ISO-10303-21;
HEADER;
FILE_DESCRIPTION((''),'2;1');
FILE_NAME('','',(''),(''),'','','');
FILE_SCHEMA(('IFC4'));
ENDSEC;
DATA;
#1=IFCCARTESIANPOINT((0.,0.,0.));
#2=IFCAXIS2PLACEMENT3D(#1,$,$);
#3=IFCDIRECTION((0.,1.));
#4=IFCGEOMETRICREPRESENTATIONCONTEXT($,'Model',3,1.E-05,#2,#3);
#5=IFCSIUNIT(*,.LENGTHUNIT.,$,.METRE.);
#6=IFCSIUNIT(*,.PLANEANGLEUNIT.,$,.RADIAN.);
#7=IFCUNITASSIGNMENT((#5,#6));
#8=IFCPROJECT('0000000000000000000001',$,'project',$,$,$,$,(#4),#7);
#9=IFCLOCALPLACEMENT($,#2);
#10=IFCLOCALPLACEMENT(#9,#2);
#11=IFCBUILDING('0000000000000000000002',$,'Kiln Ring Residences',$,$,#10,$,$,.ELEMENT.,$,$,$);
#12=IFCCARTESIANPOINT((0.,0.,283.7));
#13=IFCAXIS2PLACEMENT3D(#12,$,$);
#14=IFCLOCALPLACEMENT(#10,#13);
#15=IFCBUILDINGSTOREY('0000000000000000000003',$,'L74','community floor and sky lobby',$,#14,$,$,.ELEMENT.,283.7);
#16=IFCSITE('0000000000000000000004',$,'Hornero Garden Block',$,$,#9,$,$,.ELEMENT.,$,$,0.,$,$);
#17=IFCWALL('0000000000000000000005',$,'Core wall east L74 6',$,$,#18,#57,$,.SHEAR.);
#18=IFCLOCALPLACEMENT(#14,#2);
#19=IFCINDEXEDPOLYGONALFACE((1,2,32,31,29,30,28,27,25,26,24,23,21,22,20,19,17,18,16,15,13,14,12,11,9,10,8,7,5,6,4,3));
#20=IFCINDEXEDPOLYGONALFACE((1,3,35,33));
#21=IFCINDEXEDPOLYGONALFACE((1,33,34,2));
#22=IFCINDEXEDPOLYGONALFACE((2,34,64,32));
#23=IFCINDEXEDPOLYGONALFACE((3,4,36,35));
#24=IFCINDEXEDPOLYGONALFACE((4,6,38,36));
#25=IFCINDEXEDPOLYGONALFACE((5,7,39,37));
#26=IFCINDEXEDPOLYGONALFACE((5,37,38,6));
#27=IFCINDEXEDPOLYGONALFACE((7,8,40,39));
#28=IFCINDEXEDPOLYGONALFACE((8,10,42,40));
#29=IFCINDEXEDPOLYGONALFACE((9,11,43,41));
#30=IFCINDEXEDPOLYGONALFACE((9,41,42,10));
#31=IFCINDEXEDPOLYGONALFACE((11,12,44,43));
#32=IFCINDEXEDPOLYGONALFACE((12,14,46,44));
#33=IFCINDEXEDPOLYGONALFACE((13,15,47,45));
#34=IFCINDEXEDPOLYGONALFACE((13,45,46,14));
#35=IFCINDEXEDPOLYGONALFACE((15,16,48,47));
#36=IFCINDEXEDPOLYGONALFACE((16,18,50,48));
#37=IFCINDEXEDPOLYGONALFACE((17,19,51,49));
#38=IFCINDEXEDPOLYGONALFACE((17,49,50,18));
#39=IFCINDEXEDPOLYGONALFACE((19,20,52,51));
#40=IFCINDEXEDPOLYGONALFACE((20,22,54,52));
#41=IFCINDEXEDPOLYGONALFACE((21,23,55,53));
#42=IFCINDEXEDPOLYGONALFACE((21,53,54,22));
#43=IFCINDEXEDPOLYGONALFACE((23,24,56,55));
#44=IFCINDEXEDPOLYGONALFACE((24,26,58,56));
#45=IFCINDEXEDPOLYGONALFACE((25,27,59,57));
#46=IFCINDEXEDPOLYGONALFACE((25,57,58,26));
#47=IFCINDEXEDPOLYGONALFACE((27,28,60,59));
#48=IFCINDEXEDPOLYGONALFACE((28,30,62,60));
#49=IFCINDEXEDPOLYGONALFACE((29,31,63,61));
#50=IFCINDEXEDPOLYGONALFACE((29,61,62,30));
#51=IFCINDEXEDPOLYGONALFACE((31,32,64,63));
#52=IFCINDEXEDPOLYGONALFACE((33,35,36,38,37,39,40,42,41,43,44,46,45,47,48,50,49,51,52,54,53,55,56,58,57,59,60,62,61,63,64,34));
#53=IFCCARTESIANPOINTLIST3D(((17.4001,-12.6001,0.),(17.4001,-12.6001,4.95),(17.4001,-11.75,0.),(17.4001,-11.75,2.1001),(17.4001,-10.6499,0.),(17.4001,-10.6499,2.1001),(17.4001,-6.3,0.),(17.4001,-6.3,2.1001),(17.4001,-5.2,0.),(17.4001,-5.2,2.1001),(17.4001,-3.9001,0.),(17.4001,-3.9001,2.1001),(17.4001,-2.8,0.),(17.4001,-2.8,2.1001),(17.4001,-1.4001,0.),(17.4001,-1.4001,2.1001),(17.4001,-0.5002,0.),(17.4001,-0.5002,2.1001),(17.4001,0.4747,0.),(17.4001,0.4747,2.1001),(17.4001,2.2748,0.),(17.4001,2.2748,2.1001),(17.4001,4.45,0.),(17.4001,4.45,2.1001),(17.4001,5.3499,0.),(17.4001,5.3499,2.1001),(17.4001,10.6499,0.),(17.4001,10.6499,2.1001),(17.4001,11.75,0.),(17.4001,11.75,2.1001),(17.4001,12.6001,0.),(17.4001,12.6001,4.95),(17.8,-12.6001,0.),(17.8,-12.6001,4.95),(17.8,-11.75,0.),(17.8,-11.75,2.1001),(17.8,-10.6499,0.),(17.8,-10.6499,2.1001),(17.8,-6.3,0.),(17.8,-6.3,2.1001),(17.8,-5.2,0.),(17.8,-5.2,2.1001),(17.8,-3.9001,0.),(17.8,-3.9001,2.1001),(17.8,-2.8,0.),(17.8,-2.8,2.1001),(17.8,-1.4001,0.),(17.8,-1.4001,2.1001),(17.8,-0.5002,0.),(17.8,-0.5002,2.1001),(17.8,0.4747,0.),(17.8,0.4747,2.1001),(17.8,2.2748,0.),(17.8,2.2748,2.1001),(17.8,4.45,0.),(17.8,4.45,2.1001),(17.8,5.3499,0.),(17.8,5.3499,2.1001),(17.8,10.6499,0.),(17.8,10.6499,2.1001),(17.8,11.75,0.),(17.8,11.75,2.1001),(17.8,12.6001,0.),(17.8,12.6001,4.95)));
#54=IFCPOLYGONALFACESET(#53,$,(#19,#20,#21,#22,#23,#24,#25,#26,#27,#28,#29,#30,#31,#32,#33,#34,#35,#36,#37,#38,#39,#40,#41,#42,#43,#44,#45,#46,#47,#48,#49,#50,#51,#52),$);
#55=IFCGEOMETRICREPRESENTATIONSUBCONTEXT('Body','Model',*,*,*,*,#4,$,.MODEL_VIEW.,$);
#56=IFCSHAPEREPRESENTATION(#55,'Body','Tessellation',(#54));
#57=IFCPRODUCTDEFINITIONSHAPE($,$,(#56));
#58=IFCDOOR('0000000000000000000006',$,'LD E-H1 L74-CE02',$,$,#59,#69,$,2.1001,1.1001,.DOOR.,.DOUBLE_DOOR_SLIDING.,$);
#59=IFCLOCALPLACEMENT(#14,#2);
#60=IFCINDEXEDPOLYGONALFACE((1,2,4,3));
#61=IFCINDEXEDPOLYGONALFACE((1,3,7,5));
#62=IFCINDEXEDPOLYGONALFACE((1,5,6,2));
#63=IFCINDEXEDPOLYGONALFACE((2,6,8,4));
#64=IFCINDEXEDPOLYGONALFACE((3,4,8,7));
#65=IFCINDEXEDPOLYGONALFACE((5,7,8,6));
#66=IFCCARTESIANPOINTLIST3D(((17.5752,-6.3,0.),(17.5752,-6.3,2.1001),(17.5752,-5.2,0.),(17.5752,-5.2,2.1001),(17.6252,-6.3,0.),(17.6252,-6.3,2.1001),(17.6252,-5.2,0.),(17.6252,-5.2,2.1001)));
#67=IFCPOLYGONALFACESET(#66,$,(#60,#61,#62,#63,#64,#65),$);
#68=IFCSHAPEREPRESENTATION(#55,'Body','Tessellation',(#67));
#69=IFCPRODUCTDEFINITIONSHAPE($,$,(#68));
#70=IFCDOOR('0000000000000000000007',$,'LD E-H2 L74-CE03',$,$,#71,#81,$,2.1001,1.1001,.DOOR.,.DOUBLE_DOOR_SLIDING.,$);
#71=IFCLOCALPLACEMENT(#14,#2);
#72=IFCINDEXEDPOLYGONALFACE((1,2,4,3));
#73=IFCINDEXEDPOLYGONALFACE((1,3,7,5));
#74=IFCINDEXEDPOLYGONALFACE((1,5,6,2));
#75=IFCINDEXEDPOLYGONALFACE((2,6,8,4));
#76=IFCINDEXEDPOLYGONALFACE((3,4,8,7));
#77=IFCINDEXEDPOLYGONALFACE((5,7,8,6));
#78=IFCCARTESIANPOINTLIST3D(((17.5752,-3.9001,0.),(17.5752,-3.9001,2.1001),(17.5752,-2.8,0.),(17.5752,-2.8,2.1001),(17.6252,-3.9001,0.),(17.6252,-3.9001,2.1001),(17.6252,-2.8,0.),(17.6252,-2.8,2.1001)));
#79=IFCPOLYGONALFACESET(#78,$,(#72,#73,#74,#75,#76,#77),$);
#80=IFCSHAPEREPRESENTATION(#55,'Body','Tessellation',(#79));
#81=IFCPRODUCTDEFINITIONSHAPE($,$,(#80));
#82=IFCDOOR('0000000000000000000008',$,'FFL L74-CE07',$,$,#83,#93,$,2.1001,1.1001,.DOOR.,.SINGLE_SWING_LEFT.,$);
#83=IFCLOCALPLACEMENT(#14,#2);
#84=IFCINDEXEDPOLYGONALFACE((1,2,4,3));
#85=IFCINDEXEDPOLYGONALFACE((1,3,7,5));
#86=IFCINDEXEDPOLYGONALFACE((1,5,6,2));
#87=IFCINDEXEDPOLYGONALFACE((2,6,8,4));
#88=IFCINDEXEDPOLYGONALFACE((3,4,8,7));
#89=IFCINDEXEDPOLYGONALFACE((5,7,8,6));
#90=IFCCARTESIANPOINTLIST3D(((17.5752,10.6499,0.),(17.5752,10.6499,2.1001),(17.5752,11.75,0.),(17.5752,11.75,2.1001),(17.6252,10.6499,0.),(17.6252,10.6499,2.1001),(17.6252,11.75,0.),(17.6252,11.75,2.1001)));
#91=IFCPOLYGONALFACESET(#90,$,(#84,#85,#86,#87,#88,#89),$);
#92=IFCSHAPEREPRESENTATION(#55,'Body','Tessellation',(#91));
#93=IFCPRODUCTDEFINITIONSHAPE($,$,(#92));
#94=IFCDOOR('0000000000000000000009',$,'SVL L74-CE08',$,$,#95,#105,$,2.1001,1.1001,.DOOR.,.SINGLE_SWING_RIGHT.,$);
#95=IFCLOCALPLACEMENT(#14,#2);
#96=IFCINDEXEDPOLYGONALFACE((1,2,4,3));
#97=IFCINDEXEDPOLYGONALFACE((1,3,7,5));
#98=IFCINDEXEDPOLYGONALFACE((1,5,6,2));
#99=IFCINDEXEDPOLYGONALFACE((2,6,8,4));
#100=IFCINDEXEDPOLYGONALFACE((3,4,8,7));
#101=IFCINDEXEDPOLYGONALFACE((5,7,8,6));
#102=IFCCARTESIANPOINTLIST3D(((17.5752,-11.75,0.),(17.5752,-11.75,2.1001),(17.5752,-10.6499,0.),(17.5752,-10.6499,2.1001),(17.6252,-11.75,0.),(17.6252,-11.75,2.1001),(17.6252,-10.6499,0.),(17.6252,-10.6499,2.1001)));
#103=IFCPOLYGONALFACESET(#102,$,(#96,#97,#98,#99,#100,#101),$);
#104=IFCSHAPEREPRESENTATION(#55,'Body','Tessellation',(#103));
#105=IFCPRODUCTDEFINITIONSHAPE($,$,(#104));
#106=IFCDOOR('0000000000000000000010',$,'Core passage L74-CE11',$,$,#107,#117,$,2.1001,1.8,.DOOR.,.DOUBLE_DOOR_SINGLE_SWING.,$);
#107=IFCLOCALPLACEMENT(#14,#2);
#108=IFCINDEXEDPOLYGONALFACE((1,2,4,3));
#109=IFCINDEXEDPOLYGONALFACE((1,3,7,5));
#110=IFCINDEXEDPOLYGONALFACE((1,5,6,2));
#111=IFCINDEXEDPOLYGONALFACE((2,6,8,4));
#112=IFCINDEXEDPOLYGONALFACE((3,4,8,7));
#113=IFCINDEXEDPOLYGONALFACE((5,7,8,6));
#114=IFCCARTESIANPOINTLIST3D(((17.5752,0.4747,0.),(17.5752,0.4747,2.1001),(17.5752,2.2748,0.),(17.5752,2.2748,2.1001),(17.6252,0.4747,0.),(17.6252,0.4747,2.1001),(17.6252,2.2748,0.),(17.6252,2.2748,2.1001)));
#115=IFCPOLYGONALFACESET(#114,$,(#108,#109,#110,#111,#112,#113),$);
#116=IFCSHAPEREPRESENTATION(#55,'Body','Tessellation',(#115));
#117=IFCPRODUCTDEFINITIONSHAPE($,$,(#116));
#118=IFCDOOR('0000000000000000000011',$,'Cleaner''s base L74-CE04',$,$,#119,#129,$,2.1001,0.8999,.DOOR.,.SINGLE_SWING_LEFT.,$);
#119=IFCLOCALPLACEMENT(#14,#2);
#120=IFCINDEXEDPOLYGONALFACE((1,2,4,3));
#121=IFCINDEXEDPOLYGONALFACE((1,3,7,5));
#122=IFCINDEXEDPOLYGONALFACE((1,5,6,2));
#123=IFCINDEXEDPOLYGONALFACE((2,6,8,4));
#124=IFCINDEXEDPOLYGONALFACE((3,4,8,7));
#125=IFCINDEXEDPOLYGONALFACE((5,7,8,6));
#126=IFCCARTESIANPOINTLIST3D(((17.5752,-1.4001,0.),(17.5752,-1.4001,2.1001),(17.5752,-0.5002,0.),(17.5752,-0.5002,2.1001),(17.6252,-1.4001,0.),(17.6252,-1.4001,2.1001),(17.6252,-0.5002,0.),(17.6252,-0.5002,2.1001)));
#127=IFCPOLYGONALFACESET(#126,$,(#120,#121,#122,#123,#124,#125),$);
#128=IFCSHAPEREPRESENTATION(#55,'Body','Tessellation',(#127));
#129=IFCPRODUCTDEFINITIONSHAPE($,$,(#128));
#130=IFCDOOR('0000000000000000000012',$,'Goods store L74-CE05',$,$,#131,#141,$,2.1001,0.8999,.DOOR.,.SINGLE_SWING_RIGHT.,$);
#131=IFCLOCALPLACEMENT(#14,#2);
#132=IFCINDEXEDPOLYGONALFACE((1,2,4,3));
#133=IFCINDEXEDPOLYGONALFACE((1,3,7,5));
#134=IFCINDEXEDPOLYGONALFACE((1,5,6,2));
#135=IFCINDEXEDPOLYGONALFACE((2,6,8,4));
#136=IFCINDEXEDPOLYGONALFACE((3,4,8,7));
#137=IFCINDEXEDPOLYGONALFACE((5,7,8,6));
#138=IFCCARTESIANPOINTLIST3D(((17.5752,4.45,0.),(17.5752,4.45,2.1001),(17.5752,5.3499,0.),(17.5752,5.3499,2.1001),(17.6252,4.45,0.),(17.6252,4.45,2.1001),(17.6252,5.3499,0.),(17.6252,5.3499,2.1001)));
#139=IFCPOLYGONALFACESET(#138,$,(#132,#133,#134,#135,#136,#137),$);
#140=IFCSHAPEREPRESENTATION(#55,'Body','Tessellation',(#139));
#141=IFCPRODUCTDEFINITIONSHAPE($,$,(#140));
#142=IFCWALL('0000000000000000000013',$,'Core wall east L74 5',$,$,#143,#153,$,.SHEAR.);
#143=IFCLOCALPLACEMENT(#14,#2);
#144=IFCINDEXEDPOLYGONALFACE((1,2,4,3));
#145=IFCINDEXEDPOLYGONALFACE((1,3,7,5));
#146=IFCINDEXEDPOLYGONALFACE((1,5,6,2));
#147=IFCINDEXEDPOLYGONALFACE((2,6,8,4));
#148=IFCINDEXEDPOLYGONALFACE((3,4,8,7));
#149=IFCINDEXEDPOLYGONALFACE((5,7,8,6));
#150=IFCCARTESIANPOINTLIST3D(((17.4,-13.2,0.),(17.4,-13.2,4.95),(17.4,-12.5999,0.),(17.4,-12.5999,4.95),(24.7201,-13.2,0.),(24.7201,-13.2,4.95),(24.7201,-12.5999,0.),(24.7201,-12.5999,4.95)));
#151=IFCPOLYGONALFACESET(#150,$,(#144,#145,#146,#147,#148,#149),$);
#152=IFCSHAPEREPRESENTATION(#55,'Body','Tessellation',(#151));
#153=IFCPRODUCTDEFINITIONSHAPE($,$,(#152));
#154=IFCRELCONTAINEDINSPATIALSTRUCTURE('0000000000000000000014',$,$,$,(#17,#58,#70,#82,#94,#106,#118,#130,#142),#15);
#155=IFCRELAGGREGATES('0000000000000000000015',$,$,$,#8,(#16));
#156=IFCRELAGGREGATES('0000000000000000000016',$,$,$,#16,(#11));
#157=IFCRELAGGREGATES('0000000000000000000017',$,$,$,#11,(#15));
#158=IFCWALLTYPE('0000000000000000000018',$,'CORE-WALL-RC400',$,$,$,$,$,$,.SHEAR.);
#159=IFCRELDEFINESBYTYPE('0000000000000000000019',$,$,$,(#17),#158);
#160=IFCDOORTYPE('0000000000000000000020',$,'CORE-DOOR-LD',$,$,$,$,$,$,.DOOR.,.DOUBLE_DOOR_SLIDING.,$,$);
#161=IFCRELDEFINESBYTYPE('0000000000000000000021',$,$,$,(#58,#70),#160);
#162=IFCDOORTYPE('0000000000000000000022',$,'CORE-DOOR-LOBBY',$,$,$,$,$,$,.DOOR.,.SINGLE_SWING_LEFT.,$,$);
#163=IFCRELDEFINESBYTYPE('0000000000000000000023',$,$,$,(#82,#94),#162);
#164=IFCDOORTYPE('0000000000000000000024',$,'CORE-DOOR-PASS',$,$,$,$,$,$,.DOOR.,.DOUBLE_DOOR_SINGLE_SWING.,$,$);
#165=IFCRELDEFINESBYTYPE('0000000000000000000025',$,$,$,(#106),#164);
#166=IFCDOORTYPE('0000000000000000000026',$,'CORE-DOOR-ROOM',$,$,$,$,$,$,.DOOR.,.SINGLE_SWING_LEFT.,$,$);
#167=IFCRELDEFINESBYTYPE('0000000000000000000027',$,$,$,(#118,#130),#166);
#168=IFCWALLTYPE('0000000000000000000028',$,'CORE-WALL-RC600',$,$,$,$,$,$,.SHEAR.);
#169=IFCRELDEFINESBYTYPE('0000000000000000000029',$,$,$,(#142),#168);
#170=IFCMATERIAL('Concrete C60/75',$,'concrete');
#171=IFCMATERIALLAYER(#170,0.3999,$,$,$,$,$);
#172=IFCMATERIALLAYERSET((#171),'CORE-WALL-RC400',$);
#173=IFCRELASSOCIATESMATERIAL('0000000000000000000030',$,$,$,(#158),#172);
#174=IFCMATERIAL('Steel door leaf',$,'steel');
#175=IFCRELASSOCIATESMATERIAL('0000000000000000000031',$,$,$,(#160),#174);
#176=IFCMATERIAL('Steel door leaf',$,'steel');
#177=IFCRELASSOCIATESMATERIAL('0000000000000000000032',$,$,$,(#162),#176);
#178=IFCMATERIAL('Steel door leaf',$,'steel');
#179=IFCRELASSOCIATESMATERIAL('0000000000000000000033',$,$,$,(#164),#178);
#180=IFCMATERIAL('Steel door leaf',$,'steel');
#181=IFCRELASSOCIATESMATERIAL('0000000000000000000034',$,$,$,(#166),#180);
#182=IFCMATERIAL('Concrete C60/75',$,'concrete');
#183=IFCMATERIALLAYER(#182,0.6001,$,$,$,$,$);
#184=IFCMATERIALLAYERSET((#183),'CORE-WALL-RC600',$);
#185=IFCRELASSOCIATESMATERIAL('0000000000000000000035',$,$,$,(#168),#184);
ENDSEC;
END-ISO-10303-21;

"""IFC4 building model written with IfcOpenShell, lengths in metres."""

from ifc_helpers import new_model, si_unit, direction, frame, frame_2d, origin, place, context, subcontext, project, spatial, rectangle, extrude, material, layer, layer_set, type_object, element, fill, save


model = new_model("IFC4")

# Units and contexts
model_context = context("Model", 3, precision=1e-05, world=origin(), true_north=direction((0.0, 1.0)))
body_context = subcontext(model_context, "Body", "Model", "MODEL_VIEW")
ifc_project = project(units=[si_unit("LENGTHUNIT", "METRE"), si_unit("PLANEANGLEUNIT", "RADIAN")], contexts=[model_context])

# Site, building, storey
site_placement = place(None, origin())
site = spatial("IfcSite", under=ifc_project, at=site_placement, Name="Hornero Garden Block", CompositionType="ELEMENT", RefElevation=0.0)
building_placement = place(site_placement, origin())
building = spatial("IfcBuilding", under=site, at=building_placement, Name="Kiln Ring Residences", CompositionType="ELEMENT")
storey_placement = place(building_placement, frame((0.0, 0.0, 283.7)))
storey = spatial("IfcBuildingStorey", under=building, at=storey_placement, Name="L74", Description="community floor and sky lobby", CompositionType="ELEMENT", Elevation=283.7)

# Wall, openings, doors
ifc_material_1 = material(Name="Concrete C60/75", Category="concrete")
ifc_layer_1 = layer(ifc_material_1, 0.3999)
ifc_layer_set_1 = layer_set([ifc_layer_1], Name="CORE-WALL-RC400")
wall_type_1 = type_object("IfcWallType", Name="CORE-WALL-RC400", PredefinedType="SHEAR", material=ifc_layer_set_1)
wall_1_placement = place(storey_placement, frame((17.6001, -12.6001, 0.0), z_axis=(0.0, 0.0, 1.0), x_axis=(0.0, 1.0, 0.0)))
wall_1 = element("IfcWall", 1, at=wall_1_placement, inside=storey, type_object=wall_type_1, Name="Core wall east L74 6", PredefinedType="SHEAR", context=body_context, shape_type="SweptSolid", body=[
    extrude(rectangle(XDim=25.2002, YDim=0.3999, at=frame_2d((12.6001, 0.0))), origin(), (0.0, 0.0, 1.0), 4.95),
])
opening_1_placement = place(wall_1_placement, frame((6.3, 0.0, 0.0)))
opening_1 = element("IfcOpeningElement", 2, at=opening_1_placement, cuts=wall_1, PredefinedType="OPENING", context=body_context, shape_type="SweptSolid", body=[
    extrude(rectangle(XDim=1.1001, YDim=2.1001, at=frame_2d((0.55, 1.05))), frame((0.0, 0.21, 0.0), z_axis=(0.0, -1.0, 0.0), x_axis=(1.0, 0.0, 0.0)), (0.0, 0.0, 1.0), 0.4199),
])
opening_2_placement = place(wall_1_placement, frame((8.7, 0.0, 0.0)))
opening_2 = element("IfcOpeningElement", 3, at=opening_2_placement, cuts=wall_1, PredefinedType="OPENING", context=body_context, shape_type="SweptSolid", body=[
    extrude(rectangle(XDim=1.1001, YDim=2.1001, at=frame_2d((0.55, 1.05))), frame((0.0, 0.21, 0.0), z_axis=(0.0, -1.0, 0.0), x_axis=(1.0, 0.0, 0.0)), (0.0, 0.0, 1.0), 0.4199),
])
opening_3_placement = place(wall_1_placement, frame((11.2, 0.0, 0.0)))
opening_3 = element("IfcOpeningElement", 4, at=opening_3_placement, cuts=wall_1, PredefinedType="OPENING", context=body_context, shape_type="SweptSolid", body=[
    extrude(rectangle(XDim=0.8999, YDim=2.1001, at=frame_2d((0.45, 1.05))), frame((0.0, 0.21, 0.0), z_axis=(0.0, -1.0, 0.0), x_axis=(1.0, 0.0, 0.0)), (0.0, 0.0, 1.0), 0.4199),
])
opening_4_placement = place(wall_1_placement, frame((17.05, 0.0, 0.0)))
opening_4 = element("IfcOpeningElement", 5, at=opening_4_placement, cuts=wall_1, PredefinedType="OPENING", context=body_context, shape_type="SweptSolid", body=[
    extrude(rectangle(XDim=0.8999, YDim=2.1001, at=frame_2d((0.45, 1.05))), frame((0.0, 0.21, 0.0), z_axis=(0.0, -1.0, 0.0), x_axis=(1.0, 0.0, 0.0)), (0.0, 0.0, 1.0), 0.4199),
])
opening_5_placement = place(wall_1_placement, frame((23.25, 0.0, 0.0)))
opening_5 = element("IfcOpeningElement", 6, at=opening_5_placement, cuts=wall_1, PredefinedType="OPENING", context=body_context, shape_type="SweptSolid", body=[
    extrude(rectangle(XDim=1.1001, YDim=2.1001, at=frame_2d((0.55, 1.05))), frame((0.0, 0.21, 0.0), z_axis=(0.0, -1.0, 0.0), x_axis=(1.0, 0.0, 0.0)), (0.0, 0.0, 1.0), 0.4199),
])
opening_6_placement = place(wall_1_placement, frame((0.8501, 0.0, 0.0)))
opening_6 = element("IfcOpeningElement", 7, at=opening_6_placement, cuts=wall_1, PredefinedType="OPENING", context=body_context, shape_type="SweptSolid", body=[
    extrude(rectangle(XDim=1.1001, YDim=2.1001, at=frame_2d((0.55, 1.05))), frame((0.0, 0.21, 0.0), z_axis=(0.0, -1.0, 0.0), x_axis=(1.0, 0.0, 0.0)), (0.0, 0.0, 1.0), 0.4199),
])
opening_7_placement = place(wall_1_placement, frame((13.075, 0.0, 0.0)))
opening_7 = element("IfcOpeningElement", 8, at=opening_7_placement, cuts=wall_1, PredefinedType="OPENING", context=body_context, shape_type="SweptSolid", body=[
    extrude(rectangle(XDim=1.8, YDim=2.1001, at=frame_2d((0.8999, 1.05))), frame((0.0, 0.21, 0.0), z_axis=(0.0, -1.0, 0.0), x_axis=(1.0, 0.0, 0.0)), (0.0, 0.0, 1.0), 0.4199),
])
ifc_material_2 = material(Name="Steel door leaf", Category="steel")
door_type_1 = type_object("IfcDoorType", Name="CORE-DOOR-LD", OperationType="DOUBLE_DOOR_SLIDING", PredefinedType="DOOR", material=ifc_material_2)
door_1_placement = place(opening_1_placement, origin())
door_1 = element("IfcDoor", 9, at=door_1_placement, inside=storey, type_object=door_type_1, Name="LD E-H1 L74-CE02", OperationType="DOUBLE_DOOR_SLIDING", OverallHeight=2.1001, OverallWidth=1.1001, PredefinedType="DOOR", context=body_context, shape_type="SweptSolid", body=[
    extrude(rectangle(XDim=1.1001, YDim=2.1001, at=frame_2d((0.55, 1.05))), frame((0.0, 0.0249, 0.0), z_axis=(0.0, -1.0, 0.0), x_axis=(1.0, 0.0, 0.0)), (0.0, 0.0, 1.0), 0.05),
])
fill(opening_1, door_1)
door_2_placement = place(opening_2_placement, origin())
door_2 = element("IfcDoor", 10, at=door_2_placement, inside=storey, type_object=door_type_1, Name="LD E-H2 L74-CE03", OperationType="DOUBLE_DOOR_SLIDING", OverallHeight=2.1001, OverallWidth=1.1001, PredefinedType="DOOR", context=body_context, shape_type="SweptSolid", body=[
    extrude(rectangle(XDim=1.1001, YDim=2.1001, at=frame_2d((0.55, 1.05))), frame((0.0, 0.0249, 0.0), z_axis=(0.0, -1.0, 0.0), x_axis=(1.0, 0.0, 0.0)), (0.0, 0.0, 1.0), 0.05),
])
fill(opening_2, door_2)
ifc_material_3 = material(Name="Steel door leaf", Category="steel")
door_type_2 = type_object("IfcDoorType", Name="CORE-DOOR-LOBBY", OperationType="SINGLE_SWING_LEFT", PredefinedType="DOOR", material=ifc_material_3)
door_3_placement = place(opening_5_placement, origin())
door_3 = element("IfcDoor", 11, at=door_3_placement, inside=storey, type_object=door_type_2, Name="FFL L74-CE07", OperationType="SINGLE_SWING_LEFT", OverallHeight=2.1001, OverallWidth=1.1001, PredefinedType="DOOR", context=body_context, shape_type="SweptSolid", body=[
    extrude(rectangle(XDim=1.1001, YDim=2.1001, at=frame_2d((0.55, 1.05))), frame((0.0, 0.0249, 0.0), z_axis=(0.0, -1.0, 0.0), x_axis=(1.0, 0.0, 0.0)), (0.0, 0.0, 1.0), 0.05),
])
fill(opening_5, door_3)
door_4_placement = place(opening_6_placement, origin())
door_4 = element("IfcDoor", 12, at=door_4_placement, inside=storey, type_object=door_type_2, Name="SVL L74-CE08", OperationType="SINGLE_SWING_RIGHT", OverallHeight=2.1001, OverallWidth=1.1001, PredefinedType="DOOR", context=body_context, shape_type="SweptSolid", body=[
    extrude(rectangle(XDim=1.1001, YDim=2.1001, at=frame_2d((0.55, 1.05))), frame((0.0, 0.0249, 0.0), z_axis=(0.0, -1.0, 0.0), x_axis=(1.0, 0.0, 0.0)), (0.0, 0.0, 1.0), 0.05),
])
fill(opening_6, door_4)
ifc_material_4 = material(Name="Steel door leaf", Category="steel")
door_type_3 = type_object("IfcDoorType", Name="CORE-DOOR-PASS", OperationType="DOUBLE_DOOR_SINGLE_SWING", PredefinedType="DOOR", material=ifc_material_4)
door_5_placement = place(opening_7_placement, origin())
door_5 = element("IfcDoor", 13, at=door_5_placement, inside=storey, type_object=door_type_3, Name="Core passage L74-CE11", OperationType="DOUBLE_DOOR_SINGLE_SWING", OverallHeight=2.1001, OverallWidth=1.8, PredefinedType="DOOR", context=body_context, shape_type="SweptSolid", body=[
    extrude(rectangle(XDim=1.8, YDim=2.1001, at=frame_2d((0.8999, 1.05))), frame((0.0, 0.0249, 0.0), z_axis=(0.0, -1.0, 0.0), x_axis=(1.0, 0.0, 0.0)), (0.0, 0.0, 1.0), 0.05),
])
fill(opening_7, door_5)
ifc_material_5 = material(Name="Steel door leaf", Category="steel")
door_type_4 = type_object("IfcDoorType", Name="CORE-DOOR-ROOM", OperationType="SINGLE_SWING_LEFT", PredefinedType="DOOR", material=ifc_material_5)
door_6_placement = place(opening_3_placement, origin())
door_6 = element("IfcDoor", 14, at=door_6_placement, inside=storey, type_object=door_type_4, Name="Cleaner's base L74-CE04", OperationType="SINGLE_SWING_LEFT", OverallHeight=2.1001, OverallWidth=0.8999, PredefinedType="DOOR", context=body_context, shape_type="SweptSolid", body=[
    extrude(rectangle(XDim=0.8999, YDim=2.1001, at=frame_2d((0.45, 1.05))), frame((0.0, 0.0249, 0.0), z_axis=(0.0, -1.0, 0.0), x_axis=(1.0, 0.0, 0.0)), (0.0, 0.0, 1.0), 0.05),
])
fill(opening_3, door_6)
door_7_placement = place(opening_4_placement, origin())
door_7 = element("IfcDoor", 15, at=door_7_placement, inside=storey, type_object=door_type_4, Name="Goods store L74-CE05", OperationType="SINGLE_SWING_RIGHT", OverallHeight=2.1001, OverallWidth=0.8999, PredefinedType="DOOR", context=body_context, shape_type="SweptSolid", body=[
    extrude(rectangle(XDim=0.8999, YDim=2.1001, at=frame_2d((0.45, 1.05))), frame((0.0, 0.0249, 0.0), z_axis=(0.0, -1.0, 0.0), x_axis=(1.0, 0.0, 0.0)), (0.0, 0.0, 1.0), 0.05),
])
fill(opening_4, door_7)

# Wall
ifc_material_6 = material(Name="Concrete C60/75", Category="concrete")
ifc_layer_2 = layer(ifc_material_6, 0.6001)
ifc_layer_set_2 = layer_set([ifc_layer_2], Name="CORE-WALL-RC600")
wall_type_2 = type_object("IfcWallType", Name="CORE-WALL-RC600", PredefinedType="SHEAR", material=ifc_layer_set_2)
wall_2_placement = place(storey_placement, frame((17.3999, -12.8999, 0.0), z_axis=(0.0, 0.0, 1.0), x_axis=(1.0, 0.0, 0.0)))
element("IfcWall", 16, at=wall_2_placement, inside=storey, type_object=wall_type_2, Name="Core wall east L74 5", PredefinedType="SHEAR", context=body_context, shape_type="SweptSolid", body=[
    extrude(rectangle(XDim=7.3201, YDim=0.6001, at=frame_2d((3.6602, 0.0))), origin(), (0.0, 0.0, 1.0), 4.95),
])

save(model, "model.ifc")
